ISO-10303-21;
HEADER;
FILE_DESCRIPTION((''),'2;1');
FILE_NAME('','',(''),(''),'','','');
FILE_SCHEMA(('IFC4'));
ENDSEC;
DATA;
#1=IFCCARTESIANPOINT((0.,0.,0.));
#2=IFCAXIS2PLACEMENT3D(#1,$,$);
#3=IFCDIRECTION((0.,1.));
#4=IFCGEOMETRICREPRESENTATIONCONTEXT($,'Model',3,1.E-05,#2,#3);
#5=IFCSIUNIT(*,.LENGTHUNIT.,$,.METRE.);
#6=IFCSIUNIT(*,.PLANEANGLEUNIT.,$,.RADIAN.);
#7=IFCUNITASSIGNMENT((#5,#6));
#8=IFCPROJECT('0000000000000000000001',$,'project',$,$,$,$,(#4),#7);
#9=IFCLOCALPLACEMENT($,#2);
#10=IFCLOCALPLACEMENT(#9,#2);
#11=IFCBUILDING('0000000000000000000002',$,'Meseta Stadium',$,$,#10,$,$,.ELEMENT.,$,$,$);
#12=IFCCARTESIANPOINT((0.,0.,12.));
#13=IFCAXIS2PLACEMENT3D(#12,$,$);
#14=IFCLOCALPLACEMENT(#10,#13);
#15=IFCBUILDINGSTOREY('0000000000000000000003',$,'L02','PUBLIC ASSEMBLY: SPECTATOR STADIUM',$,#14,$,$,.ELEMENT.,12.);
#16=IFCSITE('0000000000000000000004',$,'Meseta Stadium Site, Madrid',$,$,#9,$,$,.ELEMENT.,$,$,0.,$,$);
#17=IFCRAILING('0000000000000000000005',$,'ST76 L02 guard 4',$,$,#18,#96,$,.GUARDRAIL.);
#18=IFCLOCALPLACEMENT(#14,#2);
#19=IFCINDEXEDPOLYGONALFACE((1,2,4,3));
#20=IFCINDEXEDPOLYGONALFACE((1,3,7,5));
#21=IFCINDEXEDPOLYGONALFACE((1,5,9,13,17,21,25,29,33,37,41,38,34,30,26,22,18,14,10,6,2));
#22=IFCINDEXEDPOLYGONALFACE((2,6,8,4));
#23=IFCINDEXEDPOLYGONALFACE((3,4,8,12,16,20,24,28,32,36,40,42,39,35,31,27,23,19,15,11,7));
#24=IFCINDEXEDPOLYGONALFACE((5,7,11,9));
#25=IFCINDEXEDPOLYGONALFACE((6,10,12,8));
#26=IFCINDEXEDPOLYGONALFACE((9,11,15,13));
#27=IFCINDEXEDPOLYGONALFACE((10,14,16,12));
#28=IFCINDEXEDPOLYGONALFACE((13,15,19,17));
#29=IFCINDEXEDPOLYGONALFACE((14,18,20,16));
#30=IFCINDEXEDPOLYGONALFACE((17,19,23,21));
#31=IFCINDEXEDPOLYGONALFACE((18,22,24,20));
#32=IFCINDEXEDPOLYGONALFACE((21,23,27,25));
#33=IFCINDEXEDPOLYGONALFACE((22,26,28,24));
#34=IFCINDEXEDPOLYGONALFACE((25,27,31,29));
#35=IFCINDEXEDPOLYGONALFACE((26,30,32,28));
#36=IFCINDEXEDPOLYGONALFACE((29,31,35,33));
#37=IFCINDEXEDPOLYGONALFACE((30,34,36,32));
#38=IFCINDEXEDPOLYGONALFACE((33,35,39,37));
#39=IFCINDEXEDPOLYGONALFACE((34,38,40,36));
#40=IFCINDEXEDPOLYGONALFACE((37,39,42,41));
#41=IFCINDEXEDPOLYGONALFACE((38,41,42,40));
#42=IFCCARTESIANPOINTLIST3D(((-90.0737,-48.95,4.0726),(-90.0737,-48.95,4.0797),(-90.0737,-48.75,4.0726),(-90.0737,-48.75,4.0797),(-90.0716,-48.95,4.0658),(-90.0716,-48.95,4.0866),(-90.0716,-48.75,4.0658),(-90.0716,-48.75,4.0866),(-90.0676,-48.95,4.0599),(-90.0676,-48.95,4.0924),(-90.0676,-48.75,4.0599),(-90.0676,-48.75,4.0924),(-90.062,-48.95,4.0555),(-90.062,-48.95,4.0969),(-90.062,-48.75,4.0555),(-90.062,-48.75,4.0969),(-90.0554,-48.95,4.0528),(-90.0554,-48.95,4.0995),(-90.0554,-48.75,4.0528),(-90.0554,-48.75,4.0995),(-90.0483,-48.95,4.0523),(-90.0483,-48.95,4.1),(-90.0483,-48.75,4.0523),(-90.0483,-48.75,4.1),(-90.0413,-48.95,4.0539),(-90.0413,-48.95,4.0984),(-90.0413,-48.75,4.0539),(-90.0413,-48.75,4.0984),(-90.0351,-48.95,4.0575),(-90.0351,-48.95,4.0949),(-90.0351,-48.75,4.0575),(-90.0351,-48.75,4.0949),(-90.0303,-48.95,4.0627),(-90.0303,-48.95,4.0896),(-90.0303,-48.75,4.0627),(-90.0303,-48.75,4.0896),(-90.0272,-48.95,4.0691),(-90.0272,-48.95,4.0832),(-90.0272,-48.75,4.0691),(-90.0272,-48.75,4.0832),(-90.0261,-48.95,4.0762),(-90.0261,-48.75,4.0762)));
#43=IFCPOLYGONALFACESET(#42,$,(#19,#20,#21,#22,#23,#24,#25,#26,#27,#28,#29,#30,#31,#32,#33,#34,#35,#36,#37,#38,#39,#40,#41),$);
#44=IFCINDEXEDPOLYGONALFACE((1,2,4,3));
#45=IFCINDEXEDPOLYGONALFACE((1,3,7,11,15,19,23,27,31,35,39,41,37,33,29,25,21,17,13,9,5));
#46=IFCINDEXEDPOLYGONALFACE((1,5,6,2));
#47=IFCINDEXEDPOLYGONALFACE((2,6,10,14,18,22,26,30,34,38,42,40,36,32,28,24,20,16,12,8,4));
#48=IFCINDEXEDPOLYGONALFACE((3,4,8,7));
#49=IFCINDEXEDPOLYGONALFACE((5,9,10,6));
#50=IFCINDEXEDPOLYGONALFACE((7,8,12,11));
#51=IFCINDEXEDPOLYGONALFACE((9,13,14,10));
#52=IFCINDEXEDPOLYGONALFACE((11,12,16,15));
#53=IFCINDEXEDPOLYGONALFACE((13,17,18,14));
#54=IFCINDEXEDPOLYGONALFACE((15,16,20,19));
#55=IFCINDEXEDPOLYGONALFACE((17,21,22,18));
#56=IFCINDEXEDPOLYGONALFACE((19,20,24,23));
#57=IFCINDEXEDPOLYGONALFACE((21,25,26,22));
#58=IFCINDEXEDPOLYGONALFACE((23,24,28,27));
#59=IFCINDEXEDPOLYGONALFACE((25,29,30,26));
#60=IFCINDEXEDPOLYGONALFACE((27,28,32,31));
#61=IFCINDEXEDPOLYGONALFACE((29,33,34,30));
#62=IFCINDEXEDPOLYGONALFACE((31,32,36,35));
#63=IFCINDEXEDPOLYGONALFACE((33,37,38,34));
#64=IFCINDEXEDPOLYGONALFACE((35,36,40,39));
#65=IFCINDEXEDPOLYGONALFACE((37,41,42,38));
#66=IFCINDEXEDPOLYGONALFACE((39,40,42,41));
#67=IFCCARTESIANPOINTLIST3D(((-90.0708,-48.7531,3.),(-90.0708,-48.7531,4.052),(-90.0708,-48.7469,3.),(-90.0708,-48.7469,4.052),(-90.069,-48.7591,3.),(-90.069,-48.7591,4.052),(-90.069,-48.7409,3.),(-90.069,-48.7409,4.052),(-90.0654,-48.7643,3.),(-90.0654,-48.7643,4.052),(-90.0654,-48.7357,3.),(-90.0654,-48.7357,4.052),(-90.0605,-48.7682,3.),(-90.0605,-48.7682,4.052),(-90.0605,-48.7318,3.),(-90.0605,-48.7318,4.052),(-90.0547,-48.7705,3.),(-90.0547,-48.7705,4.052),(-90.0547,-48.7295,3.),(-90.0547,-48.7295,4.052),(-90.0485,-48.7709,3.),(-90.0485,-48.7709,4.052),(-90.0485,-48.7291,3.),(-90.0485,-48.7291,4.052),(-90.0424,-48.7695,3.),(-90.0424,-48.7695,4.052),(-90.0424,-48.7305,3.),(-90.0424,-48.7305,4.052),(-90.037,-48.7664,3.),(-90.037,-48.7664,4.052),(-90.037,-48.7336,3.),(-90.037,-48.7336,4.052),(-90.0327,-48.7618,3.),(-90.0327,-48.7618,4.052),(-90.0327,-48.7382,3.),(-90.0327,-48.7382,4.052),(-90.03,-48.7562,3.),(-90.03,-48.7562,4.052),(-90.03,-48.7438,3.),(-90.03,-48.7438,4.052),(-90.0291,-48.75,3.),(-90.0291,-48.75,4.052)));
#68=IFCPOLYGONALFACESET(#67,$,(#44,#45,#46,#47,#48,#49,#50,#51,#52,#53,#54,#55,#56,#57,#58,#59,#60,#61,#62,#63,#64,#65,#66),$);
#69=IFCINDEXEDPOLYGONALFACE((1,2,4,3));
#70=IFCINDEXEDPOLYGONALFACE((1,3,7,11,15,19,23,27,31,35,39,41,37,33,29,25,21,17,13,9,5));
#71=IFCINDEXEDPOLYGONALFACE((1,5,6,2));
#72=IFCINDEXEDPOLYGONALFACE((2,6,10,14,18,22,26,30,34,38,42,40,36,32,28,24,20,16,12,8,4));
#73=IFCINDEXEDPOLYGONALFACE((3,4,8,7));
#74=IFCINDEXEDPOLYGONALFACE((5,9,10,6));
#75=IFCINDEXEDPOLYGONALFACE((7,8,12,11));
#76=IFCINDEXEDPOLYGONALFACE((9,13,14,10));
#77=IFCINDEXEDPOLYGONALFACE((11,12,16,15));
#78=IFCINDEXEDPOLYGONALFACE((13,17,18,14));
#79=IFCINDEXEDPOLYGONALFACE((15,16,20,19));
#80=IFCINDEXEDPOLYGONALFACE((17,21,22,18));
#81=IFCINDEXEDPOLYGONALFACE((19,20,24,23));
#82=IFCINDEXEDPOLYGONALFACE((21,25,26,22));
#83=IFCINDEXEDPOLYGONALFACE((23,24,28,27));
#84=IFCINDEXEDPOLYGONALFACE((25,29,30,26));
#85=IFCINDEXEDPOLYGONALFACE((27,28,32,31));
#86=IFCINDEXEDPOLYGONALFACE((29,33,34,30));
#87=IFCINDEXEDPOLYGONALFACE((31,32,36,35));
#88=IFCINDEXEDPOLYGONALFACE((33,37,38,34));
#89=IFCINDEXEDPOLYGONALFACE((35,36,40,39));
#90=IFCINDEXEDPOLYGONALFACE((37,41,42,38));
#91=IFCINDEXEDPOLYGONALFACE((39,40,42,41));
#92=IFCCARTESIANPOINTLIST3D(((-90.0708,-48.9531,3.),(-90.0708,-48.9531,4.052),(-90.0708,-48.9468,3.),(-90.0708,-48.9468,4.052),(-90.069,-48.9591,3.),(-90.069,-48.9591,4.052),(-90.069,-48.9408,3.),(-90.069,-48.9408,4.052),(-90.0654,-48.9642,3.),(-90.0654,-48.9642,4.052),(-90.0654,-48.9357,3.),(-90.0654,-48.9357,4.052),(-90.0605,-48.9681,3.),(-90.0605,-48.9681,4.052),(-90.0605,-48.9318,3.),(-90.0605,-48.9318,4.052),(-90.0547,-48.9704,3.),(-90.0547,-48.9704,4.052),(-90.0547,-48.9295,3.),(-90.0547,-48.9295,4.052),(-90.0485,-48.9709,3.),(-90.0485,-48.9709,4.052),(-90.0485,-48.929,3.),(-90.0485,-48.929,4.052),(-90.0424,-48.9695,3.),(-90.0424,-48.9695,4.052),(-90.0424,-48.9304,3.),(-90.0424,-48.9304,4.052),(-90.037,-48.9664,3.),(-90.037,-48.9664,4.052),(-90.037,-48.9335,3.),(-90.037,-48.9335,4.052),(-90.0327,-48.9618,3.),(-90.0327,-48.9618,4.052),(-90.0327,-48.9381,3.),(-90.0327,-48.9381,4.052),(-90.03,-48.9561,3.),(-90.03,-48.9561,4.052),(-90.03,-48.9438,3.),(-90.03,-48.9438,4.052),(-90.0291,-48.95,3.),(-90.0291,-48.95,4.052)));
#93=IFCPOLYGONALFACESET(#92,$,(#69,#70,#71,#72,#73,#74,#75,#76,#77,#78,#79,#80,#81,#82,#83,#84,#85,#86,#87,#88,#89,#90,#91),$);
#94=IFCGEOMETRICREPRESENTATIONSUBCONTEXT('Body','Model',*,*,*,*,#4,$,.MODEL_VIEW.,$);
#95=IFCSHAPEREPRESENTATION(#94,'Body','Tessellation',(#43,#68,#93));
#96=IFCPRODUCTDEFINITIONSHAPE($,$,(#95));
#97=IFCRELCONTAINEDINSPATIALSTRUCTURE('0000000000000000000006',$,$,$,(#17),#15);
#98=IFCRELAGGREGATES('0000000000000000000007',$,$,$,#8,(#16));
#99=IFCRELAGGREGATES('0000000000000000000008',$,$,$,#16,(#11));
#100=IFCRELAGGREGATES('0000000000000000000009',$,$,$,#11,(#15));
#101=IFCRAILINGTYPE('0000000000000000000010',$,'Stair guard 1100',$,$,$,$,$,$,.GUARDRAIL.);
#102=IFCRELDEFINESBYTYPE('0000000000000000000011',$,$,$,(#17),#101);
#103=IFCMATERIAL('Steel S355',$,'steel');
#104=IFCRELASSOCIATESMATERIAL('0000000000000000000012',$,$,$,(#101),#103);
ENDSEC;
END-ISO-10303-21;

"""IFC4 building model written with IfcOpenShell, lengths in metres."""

from ifc_helpers import new_model, si_unit, direction, frame, origin, origin_2d, place, context, subcontext, project, spatial, circle, extrude, material, type_object, element, save


model = new_model("IFC4")

# Units and contexts
model_context = context("Model", 3, precision=1e-05, world=origin(), true_north=direction((0.0, 1.0)))
body_context = subcontext(model_context, "Body", "Model", "MODEL_VIEW")
ifc_project = project(units=[si_unit("LENGTHUNIT", "METRE"), si_unit("PLANEANGLEUNIT", "RADIAN")], contexts=[model_context])

# Site, building, storey
site_placement = place(None, origin())
site = spatial("IfcSite", under=ifc_project, at=site_placement, Name="Meseta Stadium Site, Madrid", CompositionType="ELEMENT", RefElevation=0.0)
building_placement = place(site_placement, origin())
building = spatial("IfcBuilding", under=site, at=building_placement, Name="Meseta Stadium", CompositionType="ELEMENT")
storey_placement = place(building_placement, frame((0.0, 0.0, 12.0)))
storey = spatial("IfcBuildingStorey", under=building, at=storey_placement, Name="L02", Description="PUBLIC ASSEMBLY: SPECTATOR STADIUM", CompositionType="ELEMENT", Elevation=12.0)

# Railing
ifc_material_1 = material(Name="Steel S355", Category="steel")
railing_type_1 = type_object("IfcRailingType", Name="Stair guard 1100", PredefinedType="GUARDRAIL", material=ifc_material_1)
railing_1_placement = place(storey_placement, frame((-90.05, -48.75, 3.0)))
element("IfcRailing", 1, at=railing_1_placement, inside=storey, type_object=railing_type_1, Name="ST76 L02 guard 4", PredefinedType="GUARDRAIL", context=body_context, shape_type="SweptSolid", body=[
    extrude(circle(Radius=0.0239, at=origin_2d()), frame((0.0, 0.0, 1.0762), z_axis=(0.0, -1.0, 0.0), x_axis=(1.0, 0.0, 0.0)), (0.0, 0.0, 1.0), 0.2),
    extrude(circle(Radius=0.021, at=origin_2d()), origin(), (0.0, 0.0, 1.0), 1.052),
    extrude(circle(Radius=0.021, at=origin_2d()), frame((0.0, -0.2, 0.0)), (0.0, 0.0, 1.0), 1.052),
])

save(model, "model.ifc")
